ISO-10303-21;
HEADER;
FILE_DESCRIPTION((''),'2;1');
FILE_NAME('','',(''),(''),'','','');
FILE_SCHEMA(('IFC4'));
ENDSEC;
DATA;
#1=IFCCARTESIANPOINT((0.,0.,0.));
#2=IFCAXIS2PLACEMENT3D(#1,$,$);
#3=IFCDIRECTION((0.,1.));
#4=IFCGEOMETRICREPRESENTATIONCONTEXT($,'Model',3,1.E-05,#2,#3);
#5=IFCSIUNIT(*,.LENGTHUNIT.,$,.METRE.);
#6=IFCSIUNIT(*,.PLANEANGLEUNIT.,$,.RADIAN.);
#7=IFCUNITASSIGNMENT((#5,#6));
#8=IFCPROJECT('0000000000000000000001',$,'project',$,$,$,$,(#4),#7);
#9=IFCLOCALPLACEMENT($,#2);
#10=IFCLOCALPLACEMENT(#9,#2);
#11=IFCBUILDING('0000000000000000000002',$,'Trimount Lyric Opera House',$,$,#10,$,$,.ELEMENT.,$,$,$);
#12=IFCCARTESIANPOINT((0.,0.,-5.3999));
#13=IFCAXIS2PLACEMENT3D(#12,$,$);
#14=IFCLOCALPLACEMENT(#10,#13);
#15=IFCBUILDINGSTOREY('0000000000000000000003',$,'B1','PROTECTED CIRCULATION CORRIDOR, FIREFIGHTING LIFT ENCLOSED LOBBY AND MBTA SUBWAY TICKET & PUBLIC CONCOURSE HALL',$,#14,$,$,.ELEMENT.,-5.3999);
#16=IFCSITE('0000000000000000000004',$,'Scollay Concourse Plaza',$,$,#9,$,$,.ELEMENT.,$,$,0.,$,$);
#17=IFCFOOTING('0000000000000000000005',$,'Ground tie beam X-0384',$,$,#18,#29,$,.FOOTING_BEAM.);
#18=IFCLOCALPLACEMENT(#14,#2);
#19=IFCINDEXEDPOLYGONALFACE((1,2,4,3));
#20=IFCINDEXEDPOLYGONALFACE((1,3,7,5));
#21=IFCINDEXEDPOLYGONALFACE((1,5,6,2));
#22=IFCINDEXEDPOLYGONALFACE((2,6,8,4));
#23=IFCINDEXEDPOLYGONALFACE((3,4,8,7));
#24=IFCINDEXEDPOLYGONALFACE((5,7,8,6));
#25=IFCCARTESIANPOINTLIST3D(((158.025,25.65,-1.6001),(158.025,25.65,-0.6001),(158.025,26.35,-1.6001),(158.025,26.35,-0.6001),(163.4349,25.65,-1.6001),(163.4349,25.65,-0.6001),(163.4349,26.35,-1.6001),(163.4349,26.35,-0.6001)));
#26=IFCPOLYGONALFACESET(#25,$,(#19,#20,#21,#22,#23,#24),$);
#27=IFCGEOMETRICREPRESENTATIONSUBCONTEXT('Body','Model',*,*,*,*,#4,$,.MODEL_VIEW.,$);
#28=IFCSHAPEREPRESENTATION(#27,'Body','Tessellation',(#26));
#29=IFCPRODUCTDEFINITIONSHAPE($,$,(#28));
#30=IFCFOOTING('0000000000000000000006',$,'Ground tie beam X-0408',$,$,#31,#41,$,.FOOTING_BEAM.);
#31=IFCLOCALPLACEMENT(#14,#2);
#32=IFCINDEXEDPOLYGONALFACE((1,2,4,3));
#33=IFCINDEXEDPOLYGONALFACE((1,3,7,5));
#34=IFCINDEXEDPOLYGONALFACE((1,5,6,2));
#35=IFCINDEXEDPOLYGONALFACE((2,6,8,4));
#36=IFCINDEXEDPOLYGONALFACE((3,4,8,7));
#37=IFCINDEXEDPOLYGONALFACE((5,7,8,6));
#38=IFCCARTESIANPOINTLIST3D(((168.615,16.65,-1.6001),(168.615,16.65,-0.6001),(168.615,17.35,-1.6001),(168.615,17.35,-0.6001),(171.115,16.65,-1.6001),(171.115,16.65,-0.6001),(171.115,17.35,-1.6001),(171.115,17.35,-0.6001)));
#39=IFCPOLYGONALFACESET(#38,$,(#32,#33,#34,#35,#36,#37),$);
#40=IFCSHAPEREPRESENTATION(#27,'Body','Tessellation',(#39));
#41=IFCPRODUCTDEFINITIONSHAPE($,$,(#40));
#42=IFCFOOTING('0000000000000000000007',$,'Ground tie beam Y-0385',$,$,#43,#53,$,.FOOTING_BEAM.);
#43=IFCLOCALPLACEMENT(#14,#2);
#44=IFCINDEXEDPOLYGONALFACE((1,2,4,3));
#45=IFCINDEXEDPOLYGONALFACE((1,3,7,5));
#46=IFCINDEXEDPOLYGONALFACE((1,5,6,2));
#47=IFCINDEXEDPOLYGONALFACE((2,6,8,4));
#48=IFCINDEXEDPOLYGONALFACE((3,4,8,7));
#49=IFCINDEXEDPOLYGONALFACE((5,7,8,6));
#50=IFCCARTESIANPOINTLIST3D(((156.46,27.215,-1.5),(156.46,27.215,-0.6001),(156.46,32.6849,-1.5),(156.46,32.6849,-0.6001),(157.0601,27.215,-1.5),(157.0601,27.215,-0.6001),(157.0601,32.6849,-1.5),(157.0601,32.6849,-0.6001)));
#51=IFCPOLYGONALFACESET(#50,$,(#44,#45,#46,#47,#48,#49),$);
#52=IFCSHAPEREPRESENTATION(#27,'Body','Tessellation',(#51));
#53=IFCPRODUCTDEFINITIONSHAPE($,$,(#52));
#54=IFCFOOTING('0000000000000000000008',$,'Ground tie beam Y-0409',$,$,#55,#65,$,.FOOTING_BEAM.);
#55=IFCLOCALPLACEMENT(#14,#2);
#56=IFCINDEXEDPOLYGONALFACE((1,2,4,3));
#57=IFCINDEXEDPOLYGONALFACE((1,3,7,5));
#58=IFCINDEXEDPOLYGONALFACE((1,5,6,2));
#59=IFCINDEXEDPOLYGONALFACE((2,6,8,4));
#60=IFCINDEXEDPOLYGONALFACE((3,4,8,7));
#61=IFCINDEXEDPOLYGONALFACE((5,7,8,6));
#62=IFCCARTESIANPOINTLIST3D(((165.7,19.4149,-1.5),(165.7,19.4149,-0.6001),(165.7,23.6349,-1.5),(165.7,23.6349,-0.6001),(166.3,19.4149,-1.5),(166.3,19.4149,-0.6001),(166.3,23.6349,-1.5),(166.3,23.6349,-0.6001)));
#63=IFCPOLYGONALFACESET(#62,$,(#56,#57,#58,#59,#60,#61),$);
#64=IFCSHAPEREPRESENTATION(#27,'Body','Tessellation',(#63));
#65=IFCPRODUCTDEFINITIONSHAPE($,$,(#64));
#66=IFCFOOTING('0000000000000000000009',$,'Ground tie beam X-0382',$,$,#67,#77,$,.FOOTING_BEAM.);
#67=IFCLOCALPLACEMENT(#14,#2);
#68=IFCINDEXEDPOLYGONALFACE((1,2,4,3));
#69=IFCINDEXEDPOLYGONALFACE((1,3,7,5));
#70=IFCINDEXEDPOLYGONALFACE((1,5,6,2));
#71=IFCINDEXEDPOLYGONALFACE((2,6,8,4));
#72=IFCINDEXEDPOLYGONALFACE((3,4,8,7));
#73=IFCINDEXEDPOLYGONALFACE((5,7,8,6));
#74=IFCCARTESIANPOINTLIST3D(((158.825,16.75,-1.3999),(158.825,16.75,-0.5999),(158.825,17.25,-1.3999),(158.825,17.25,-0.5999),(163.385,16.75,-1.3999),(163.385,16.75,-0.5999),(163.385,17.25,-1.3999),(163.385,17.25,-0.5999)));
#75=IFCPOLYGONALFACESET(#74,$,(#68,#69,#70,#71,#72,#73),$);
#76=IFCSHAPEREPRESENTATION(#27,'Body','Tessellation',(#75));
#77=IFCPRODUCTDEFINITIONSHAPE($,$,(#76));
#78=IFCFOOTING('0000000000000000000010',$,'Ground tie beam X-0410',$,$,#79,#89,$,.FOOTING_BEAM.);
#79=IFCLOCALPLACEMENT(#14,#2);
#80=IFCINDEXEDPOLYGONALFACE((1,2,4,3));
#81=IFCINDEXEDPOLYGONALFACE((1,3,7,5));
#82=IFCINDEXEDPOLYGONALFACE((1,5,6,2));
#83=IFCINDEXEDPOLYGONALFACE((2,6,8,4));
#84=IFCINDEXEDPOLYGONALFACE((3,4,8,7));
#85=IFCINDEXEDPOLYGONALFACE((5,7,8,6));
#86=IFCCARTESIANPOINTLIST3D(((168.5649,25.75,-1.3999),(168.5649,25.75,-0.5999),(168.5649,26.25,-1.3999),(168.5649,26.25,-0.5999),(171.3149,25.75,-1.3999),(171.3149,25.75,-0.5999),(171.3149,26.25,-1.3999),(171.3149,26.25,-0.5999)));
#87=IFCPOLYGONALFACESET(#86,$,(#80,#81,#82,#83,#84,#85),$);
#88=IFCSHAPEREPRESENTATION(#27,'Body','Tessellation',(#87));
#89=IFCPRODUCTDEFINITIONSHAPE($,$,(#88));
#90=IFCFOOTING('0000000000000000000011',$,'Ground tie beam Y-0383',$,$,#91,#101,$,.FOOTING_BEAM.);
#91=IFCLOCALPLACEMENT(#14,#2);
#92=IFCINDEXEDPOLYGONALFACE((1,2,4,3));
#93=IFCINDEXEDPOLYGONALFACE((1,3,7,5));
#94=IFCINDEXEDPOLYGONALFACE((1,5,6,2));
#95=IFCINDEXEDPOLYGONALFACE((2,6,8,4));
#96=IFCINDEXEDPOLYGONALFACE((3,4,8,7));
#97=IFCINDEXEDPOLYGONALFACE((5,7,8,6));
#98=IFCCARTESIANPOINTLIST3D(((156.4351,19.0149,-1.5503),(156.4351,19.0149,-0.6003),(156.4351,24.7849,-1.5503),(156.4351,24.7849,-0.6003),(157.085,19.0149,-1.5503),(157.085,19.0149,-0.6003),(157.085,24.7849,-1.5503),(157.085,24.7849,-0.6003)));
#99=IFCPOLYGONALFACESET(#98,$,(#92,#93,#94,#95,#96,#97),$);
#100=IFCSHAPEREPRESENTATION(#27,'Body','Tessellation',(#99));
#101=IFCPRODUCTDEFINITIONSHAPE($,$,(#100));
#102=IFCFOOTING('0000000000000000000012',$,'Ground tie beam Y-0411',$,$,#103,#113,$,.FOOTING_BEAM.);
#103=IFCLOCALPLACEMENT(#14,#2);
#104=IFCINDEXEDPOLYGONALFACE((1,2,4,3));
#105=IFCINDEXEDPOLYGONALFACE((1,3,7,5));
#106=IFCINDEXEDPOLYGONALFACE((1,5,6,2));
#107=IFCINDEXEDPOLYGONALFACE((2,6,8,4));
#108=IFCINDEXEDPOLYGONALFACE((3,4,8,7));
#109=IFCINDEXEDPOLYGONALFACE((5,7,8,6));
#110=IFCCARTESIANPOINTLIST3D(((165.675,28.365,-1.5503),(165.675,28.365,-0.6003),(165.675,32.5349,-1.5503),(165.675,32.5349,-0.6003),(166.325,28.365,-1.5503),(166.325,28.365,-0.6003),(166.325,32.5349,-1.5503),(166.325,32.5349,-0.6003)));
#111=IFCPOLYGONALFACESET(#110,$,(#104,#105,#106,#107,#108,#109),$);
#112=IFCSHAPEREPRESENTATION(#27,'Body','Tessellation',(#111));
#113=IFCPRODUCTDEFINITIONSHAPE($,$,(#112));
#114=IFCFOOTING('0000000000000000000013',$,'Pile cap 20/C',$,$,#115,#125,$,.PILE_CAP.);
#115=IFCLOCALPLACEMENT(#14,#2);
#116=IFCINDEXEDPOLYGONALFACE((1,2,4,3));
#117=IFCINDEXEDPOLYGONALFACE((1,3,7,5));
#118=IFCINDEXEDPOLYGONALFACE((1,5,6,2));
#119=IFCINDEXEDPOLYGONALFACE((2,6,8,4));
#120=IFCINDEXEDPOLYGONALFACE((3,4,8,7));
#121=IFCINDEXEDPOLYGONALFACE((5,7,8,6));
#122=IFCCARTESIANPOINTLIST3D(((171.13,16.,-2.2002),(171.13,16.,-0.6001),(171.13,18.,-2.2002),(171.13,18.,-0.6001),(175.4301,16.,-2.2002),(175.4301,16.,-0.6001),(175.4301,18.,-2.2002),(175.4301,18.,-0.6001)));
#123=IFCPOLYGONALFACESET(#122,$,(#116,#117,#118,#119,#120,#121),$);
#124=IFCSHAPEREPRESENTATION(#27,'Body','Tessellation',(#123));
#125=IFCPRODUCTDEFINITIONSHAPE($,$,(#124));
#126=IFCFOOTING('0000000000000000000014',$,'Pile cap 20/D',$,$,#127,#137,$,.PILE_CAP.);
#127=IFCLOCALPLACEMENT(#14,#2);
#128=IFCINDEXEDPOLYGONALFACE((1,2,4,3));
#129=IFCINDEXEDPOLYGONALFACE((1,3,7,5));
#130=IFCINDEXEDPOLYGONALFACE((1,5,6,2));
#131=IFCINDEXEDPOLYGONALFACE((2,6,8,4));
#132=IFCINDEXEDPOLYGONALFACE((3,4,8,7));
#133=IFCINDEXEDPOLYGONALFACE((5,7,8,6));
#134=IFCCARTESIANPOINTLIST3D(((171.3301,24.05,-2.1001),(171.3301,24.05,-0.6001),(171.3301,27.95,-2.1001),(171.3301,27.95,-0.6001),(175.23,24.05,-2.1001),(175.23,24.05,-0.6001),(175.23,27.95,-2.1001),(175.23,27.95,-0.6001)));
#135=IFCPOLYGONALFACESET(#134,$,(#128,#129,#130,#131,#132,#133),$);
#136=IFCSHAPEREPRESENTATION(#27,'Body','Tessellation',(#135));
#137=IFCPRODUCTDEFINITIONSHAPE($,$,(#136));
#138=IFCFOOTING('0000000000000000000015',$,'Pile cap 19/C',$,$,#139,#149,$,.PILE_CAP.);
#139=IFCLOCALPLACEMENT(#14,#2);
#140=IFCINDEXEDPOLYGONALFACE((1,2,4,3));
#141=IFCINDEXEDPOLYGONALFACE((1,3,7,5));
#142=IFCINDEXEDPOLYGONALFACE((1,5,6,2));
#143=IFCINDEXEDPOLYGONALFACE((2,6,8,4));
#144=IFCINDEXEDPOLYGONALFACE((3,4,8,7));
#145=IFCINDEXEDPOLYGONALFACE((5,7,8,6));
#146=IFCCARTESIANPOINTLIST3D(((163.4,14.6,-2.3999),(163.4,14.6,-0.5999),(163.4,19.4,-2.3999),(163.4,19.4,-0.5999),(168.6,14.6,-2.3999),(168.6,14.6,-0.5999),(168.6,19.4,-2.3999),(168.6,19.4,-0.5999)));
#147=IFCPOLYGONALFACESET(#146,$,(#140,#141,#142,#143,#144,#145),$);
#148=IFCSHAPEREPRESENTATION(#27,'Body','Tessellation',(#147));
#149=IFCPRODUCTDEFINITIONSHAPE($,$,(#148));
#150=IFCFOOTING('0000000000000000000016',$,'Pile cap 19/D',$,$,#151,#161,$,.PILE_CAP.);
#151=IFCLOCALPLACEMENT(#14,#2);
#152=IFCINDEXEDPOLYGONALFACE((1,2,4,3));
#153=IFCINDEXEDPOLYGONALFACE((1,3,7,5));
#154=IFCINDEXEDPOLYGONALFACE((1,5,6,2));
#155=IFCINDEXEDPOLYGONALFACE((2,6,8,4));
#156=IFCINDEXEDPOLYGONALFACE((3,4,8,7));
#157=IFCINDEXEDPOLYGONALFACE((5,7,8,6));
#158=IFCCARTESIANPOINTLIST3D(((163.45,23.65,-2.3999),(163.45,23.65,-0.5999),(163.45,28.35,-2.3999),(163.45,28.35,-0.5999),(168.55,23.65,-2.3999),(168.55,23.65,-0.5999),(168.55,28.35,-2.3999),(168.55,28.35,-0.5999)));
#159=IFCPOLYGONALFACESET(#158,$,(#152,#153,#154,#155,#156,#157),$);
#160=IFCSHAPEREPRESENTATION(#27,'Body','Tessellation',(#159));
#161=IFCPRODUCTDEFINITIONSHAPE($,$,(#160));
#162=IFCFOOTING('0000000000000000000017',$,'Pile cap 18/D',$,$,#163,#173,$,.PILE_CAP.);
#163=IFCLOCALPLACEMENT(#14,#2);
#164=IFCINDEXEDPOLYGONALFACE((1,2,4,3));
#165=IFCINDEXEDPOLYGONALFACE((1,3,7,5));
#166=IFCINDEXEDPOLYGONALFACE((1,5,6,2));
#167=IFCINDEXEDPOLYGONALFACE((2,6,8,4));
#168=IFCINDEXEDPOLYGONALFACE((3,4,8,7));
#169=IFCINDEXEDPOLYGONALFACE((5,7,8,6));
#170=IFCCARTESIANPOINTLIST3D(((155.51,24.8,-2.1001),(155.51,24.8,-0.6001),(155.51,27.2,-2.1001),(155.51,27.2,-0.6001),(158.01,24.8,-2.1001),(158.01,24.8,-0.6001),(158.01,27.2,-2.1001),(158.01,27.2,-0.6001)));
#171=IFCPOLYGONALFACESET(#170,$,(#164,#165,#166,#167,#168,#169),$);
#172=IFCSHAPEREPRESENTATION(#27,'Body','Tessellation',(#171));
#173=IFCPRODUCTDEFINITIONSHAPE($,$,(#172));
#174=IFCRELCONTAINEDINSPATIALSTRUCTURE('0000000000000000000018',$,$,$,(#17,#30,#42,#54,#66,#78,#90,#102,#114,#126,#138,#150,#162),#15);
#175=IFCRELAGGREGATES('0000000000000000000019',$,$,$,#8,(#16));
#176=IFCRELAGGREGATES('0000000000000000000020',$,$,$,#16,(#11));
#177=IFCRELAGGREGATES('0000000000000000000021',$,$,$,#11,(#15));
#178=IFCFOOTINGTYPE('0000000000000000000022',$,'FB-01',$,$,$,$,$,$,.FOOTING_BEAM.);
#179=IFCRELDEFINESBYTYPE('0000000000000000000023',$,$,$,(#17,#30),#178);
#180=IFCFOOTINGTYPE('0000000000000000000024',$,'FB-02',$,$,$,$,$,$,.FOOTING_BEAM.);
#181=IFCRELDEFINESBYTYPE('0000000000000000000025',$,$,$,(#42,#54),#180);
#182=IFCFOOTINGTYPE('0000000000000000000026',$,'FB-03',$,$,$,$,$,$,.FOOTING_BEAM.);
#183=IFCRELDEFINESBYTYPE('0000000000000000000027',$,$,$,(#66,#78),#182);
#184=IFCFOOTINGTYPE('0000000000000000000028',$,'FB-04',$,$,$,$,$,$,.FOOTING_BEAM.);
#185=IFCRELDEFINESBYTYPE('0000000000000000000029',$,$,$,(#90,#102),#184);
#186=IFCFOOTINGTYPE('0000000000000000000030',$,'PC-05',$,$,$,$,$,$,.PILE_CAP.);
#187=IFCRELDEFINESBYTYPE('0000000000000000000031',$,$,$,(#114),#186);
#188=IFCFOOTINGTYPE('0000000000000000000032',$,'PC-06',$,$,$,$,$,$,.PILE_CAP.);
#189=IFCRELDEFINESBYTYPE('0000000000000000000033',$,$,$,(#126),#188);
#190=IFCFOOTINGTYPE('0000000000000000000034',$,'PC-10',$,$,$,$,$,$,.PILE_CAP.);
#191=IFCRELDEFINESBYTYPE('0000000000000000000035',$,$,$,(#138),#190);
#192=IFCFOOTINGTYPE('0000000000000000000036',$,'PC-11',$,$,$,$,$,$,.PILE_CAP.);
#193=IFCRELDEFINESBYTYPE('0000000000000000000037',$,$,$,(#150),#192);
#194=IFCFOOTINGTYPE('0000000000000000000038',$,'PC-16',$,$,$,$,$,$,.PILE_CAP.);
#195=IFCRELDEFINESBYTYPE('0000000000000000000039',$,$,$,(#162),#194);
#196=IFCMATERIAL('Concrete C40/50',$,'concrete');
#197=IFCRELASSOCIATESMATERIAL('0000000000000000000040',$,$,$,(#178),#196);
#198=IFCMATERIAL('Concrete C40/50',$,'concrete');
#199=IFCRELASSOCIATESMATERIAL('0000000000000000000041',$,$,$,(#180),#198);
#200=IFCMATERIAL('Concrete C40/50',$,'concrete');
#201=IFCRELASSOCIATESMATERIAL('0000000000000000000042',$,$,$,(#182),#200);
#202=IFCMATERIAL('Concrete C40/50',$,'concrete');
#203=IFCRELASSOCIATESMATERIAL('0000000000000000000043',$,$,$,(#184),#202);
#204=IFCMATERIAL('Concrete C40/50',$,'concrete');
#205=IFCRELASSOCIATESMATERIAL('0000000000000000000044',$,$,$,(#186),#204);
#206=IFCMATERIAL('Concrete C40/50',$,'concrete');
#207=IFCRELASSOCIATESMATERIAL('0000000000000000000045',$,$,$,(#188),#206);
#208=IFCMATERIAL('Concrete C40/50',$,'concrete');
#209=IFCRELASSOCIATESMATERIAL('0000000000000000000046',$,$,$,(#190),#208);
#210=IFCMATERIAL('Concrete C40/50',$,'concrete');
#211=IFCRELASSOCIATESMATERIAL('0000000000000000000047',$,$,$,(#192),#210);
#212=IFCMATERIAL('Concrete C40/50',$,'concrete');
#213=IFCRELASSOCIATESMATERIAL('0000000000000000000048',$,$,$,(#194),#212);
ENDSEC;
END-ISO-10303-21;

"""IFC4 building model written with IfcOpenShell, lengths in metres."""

from ifc_helpers import new_model, si_unit, direction, frame, origin, origin_2d, place, context, subcontext, project, spatial, rectangle, extrude, material, type_object, element, save


model = new_model("IFC4")

# Units and contexts
model_context = context("Model", 3, precision=1e-05, world=origin(), true_north=direction((0.0, 1.0)))
body_context = subcontext(model_context, "Body", "Model", "MODEL_VIEW")
ifc_project = project(units=[si_unit("LENGTHUNIT", "METRE"), si_unit("PLANEANGLEUNIT", "RADIAN")], contexts=[model_context])

# Site, building, storey
site_placement = place(None, origin())
site = spatial("IfcSite", under=ifc_project, at=site_placement, Name="Scollay Concourse Plaza", CompositionType="ELEMENT", RefElevation=0.0)
building_placement = place(site_placement, origin())
building = spatial("IfcBuilding", under=site, at=building_placement, Name="Trimount Lyric Opera House", CompositionType="ELEMENT")
storey_placement = place(building_placement, frame((0.0, 0.0, -5.3999)))
storey = spatial("IfcBuildingStorey", under=building, at=storey_placement, Name="B1", Description="PROTECTED CIRCULATION CORRIDOR, FIREFIGHTING LIFT ENCLOSED LOBBY AND MBTA SUBWAY TICKET & PUBLIC CONCOURSE HALL", CompositionType="ELEMENT", Elevation=-5.3999)

# Footings
ifc_material_1 = material(Name="Concrete C40/50", Category="concrete")
footing_type_1 = type_object("IfcFootingType", Name="FB-01", PredefinedType="FOOTING_BEAM", material=ifc_material_1)
footing_1_placement = place(storey_placement, frame((160.73, 26.0, -1.6001), z_axis=(0.0, 0.0, 1.0), x_axis=(1.0, 0.0, 0.0)))
element("IfcFooting", 1, at=footing_1_placement, inside=storey, type_object=footing_type_1, Name="Ground tie beam X-0384", PredefinedType="FOOTING_BEAM", context=body_context, shape_type="SweptSolid", body=[
    extrude(rectangle(XDim=5.4099, YDim=0.7, at=origin_2d()), origin(), (0.0, 0.0, 1.0), 1.0),
])
footing_2_placement = place(storey_placement, frame((169.865, 17.0, -1.6001), z_axis=(0.0, 0.0, 1.0), x_axis=(1.0, 0.0, 0.0)))
element("IfcFooting", 2, at=footing_2_placement, inside=storey, type_object=footing_type_1, Name="Ground tie beam X-0408", PredefinedType="FOOTING_BEAM", context=body_context, shape_type="SweptSolid", body=[
    extrude(rectangle(XDim=2.5, YDim=0.7, at=origin_2d()), origin(), (0.0, 0.0, 1.0), 1.0),
])
ifc_material_2 = material(Name="Concrete C40/50", Category="concrete")
footing_type_2 = type_object("IfcFootingType", Name="FB-02", PredefinedType="FOOTING_BEAM", material=ifc_material_2)
footing_3_placement = place(storey_placement, frame((156.76, 29.95, -1.5), z_axis=(0.0, 0.0, 1.0), x_axis=(1.0, 0.0, 0.0)))
element("IfcFooting", 3, at=footing_3_placement, inside=storey, type_object=footing_type_2, Name="Ground tie beam Y-0385", PredefinedType="FOOTING_BEAM", context=body_context, shape_type="SweptSolid", body=[
    extrude(rectangle(XDim=0.6001, YDim=5.47, at=origin_2d()), origin(), (0.0, 0.0, 1.0), 0.8999),
])
footing_4_placement = place(storey_placement, frame((166.0, 21.5249, -1.5), z_axis=(0.0, 0.0, 1.0), x_axis=(1.0, 0.0, 0.0)))
element("IfcFooting", 4, at=footing_4_placement, inside=storey, type_object=footing_type_2, Name="Ground tie beam Y-0409", PredefinedType="FOOTING_BEAM", context=body_context, shape_type="SweptSolid", body=[
    extrude(rectangle(XDim=0.6001, YDim=4.22, at=origin_2d()), origin(), (0.0, 0.0, 1.0), 0.8999),
])
ifc_material_3 = material(Name="Concrete C40/50", Category="concrete")
footing_type_3 = type_object("IfcFootingType", Name="FB-03", PredefinedType="FOOTING_BEAM", material=ifc_material_3)
footing_5_placement = place(storey_placement, frame((161.105, 17.0, -1.3999), z_axis=(0.0, 0.0, 1.0), x_axis=(1.0, 0.0, 0.0)))
element("IfcFooting", 5, at=footing_5_placement, inside=storey, type_object=footing_type_3, Name="Ground tie beam X-0382", PredefinedType="FOOTING_BEAM", context=body_context, shape_type="SweptSolid", body=[
    extrude(rectangle(XDim=4.5601, YDim=0.5, at=origin_2d()), origin(), (0.0, 0.0, 1.0), 0.8),
])
footing_6_placement = place(storey_placement, frame((169.9399, 26.0, -1.3999), z_axis=(0.0, 0.0, 1.0), x_axis=(1.0, 0.0, 0.0)))
element("IfcFooting", 6, at=footing_6_placement, inside=storey, type_object=footing_type_3, Name="Ground tie beam X-0410", PredefinedType="FOOTING_BEAM", context=body_context, shape_type="SweptSolid", body=[
    extrude(rectangle(XDim=2.75, YDim=0.5, at=origin_2d()), origin(), (0.0, 0.0, 1.0), 0.8),
])
ifc_material_4 = material(Name="Concrete C40/50", Category="concrete")
footing_type_4 = type_object("IfcFootingType", Name="FB-04", PredefinedType="FOOTING_BEAM", material=ifc_material_4)
footing_7_placement = place(storey_placement, frame((156.76, 21.8999, -1.5503), z_axis=(0.0, 0.0, 1.0), x_axis=(1.0, 0.0, 0.0)))
element("IfcFooting", 7, at=footing_7_placement, inside=storey, type_object=footing_type_4, Name="Ground tie beam Y-0383", PredefinedType="FOOTING_BEAM", context=body_context, shape_type="SweptSolid", body=[
    extrude(rectangle(XDim=0.6499, YDim=5.77, at=origin_2d()), origin(), (0.0, 0.0, 1.0), 0.95),
])
footing_8_placement = place(storey_placement, frame((166.0, 30.45, -1.5503), z_axis=(0.0, 0.0, 1.0), x_axis=(1.0, 0.0, 0.0)))
element("IfcFooting", 8, at=footing_8_placement, inside=storey, type_object=footing_type_4, Name="Ground tie beam Y-0411", PredefinedType="FOOTING_BEAM", context=body_context, shape_type="SweptSolid", body=[
    extrude(rectangle(XDim=0.6499, YDim=4.1699, at=origin_2d()), origin(), (0.0, 0.0, 1.0), 0.95),
])
ifc_material_5 = material(Name="Concrete C40/50", Category="concrete")
footing_type_5 = type_object("IfcFootingType", Name="PC-05", PredefinedType="PILE_CAP", material=ifc_material_5)
footing_9_placement = place(storey_placement, frame((173.28, 17.0, -2.2002), z_axis=(0.0, 0.0, 1.0), x_axis=(1.0, 0.0, 0.0)))
element("IfcFooting", 9, at=footing_9_placement, inside=storey, type_object=footing_type_5, Name="Pile cap 20/C", PredefinedType="PILE_CAP", context=body_context, shape_type="SweptSolid", body=[
    extrude(rectangle(XDim=4.3, YDim=2.0, at=origin_2d()), origin(), (0.0, 0.0, 1.0), 1.6001),
])
ifc_material_6 = material(Name="Concrete C40/50", Category="concrete")
footing_type_6 = type_object("IfcFootingType", Name="PC-06", PredefinedType="PILE_CAP", material=ifc_material_6)
footing_10_placement = place(storey_placement, frame((173.28, 26.0, -2.1001), z_axis=(0.0, 0.0, 1.0), x_axis=(1.0, 0.0, 0.0)))
element("IfcFooting", 10, at=footing_10_placement, inside=storey, type_object=footing_type_6, Name="Pile cap 20/D", PredefinedType="PILE_CAP", context=body_context, shape_type="SweptSolid", body=[
    extrude(rectangle(XDim=3.8999, YDim=3.8999, at=origin_2d()), origin(), (0.0, 0.0, 1.0), 1.5),
])
ifc_material_7 = material(Name="Concrete C40/50", Category="concrete")
footing_type_7 = type_object("IfcFootingType", Name="PC-10", PredefinedType="PILE_CAP", material=ifc_material_7)
footing_11_placement = place(storey_placement, frame((166.0, 17.0, -2.3999), z_axis=(0.0, 0.0, 1.0), x_axis=(1.0, 0.0, 0.0)))
element("IfcFooting", 11, at=footing_11_placement, inside=storey, type_object=footing_type_7, Name="Pile cap 19/C", PredefinedType="PILE_CAP", context=body_context, shape_type="SweptSolid", body=[
    extrude(rectangle(XDim=5.2, YDim=4.8, at=origin_2d()), origin(), (0.0, 0.0, 1.0), 1.8),
])
ifc_material_8 = material(Name="Concrete C40/50", Category="concrete")
footing_type_8 = type_object("IfcFootingType", Name="PC-11", PredefinedType="PILE_CAP", material=ifc_material_8)
footing_12_placement = place(storey_placement, frame((166.0, 26.0, -2.3999), z_axis=(0.0, 0.0, 1.0), x_axis=(1.0, 0.0, 0.0)))
element("IfcFooting", 12, at=footing_12_placement, inside=storey, type_object=footing_type_8, Name="Pile cap 19/D", PredefinedType="PILE_CAP", context=body_context, shape_type="SweptSolid", body=[
    extrude(rectangle(XDim=5.1001, YDim=4.7, at=origin_2d()), origin(), (0.0, 0.0, 1.0), 1.8),
])
ifc_material_9 = material(Name="Concrete C40/50", Category="concrete")
footing_type_9 = type_object("IfcFootingType", Name="PC-16", PredefinedType="PILE_CAP", material=ifc_material_9)
footing_13_placement = place(storey_placement, frame((156.76, 26.0, -2.1001), z_axis=(0.0, 0.0, 1.0), x_axis=(1.0, 0.0, 0.0)))
element("IfcFooting", 13, at=footing_13_placement, inside=storey, type_object=footing_type_9, Name="Pile cap 18/D", PredefinedType="PILE_CAP", context=body_context, shape_type="SweptSolid", body=[
    extrude(rectangle(XDim=2.5, YDim=2.3999, at=origin_2d()), origin(), (0.0, 0.0, 1.0), 1.5),
])

save(model, "model.ifc")
